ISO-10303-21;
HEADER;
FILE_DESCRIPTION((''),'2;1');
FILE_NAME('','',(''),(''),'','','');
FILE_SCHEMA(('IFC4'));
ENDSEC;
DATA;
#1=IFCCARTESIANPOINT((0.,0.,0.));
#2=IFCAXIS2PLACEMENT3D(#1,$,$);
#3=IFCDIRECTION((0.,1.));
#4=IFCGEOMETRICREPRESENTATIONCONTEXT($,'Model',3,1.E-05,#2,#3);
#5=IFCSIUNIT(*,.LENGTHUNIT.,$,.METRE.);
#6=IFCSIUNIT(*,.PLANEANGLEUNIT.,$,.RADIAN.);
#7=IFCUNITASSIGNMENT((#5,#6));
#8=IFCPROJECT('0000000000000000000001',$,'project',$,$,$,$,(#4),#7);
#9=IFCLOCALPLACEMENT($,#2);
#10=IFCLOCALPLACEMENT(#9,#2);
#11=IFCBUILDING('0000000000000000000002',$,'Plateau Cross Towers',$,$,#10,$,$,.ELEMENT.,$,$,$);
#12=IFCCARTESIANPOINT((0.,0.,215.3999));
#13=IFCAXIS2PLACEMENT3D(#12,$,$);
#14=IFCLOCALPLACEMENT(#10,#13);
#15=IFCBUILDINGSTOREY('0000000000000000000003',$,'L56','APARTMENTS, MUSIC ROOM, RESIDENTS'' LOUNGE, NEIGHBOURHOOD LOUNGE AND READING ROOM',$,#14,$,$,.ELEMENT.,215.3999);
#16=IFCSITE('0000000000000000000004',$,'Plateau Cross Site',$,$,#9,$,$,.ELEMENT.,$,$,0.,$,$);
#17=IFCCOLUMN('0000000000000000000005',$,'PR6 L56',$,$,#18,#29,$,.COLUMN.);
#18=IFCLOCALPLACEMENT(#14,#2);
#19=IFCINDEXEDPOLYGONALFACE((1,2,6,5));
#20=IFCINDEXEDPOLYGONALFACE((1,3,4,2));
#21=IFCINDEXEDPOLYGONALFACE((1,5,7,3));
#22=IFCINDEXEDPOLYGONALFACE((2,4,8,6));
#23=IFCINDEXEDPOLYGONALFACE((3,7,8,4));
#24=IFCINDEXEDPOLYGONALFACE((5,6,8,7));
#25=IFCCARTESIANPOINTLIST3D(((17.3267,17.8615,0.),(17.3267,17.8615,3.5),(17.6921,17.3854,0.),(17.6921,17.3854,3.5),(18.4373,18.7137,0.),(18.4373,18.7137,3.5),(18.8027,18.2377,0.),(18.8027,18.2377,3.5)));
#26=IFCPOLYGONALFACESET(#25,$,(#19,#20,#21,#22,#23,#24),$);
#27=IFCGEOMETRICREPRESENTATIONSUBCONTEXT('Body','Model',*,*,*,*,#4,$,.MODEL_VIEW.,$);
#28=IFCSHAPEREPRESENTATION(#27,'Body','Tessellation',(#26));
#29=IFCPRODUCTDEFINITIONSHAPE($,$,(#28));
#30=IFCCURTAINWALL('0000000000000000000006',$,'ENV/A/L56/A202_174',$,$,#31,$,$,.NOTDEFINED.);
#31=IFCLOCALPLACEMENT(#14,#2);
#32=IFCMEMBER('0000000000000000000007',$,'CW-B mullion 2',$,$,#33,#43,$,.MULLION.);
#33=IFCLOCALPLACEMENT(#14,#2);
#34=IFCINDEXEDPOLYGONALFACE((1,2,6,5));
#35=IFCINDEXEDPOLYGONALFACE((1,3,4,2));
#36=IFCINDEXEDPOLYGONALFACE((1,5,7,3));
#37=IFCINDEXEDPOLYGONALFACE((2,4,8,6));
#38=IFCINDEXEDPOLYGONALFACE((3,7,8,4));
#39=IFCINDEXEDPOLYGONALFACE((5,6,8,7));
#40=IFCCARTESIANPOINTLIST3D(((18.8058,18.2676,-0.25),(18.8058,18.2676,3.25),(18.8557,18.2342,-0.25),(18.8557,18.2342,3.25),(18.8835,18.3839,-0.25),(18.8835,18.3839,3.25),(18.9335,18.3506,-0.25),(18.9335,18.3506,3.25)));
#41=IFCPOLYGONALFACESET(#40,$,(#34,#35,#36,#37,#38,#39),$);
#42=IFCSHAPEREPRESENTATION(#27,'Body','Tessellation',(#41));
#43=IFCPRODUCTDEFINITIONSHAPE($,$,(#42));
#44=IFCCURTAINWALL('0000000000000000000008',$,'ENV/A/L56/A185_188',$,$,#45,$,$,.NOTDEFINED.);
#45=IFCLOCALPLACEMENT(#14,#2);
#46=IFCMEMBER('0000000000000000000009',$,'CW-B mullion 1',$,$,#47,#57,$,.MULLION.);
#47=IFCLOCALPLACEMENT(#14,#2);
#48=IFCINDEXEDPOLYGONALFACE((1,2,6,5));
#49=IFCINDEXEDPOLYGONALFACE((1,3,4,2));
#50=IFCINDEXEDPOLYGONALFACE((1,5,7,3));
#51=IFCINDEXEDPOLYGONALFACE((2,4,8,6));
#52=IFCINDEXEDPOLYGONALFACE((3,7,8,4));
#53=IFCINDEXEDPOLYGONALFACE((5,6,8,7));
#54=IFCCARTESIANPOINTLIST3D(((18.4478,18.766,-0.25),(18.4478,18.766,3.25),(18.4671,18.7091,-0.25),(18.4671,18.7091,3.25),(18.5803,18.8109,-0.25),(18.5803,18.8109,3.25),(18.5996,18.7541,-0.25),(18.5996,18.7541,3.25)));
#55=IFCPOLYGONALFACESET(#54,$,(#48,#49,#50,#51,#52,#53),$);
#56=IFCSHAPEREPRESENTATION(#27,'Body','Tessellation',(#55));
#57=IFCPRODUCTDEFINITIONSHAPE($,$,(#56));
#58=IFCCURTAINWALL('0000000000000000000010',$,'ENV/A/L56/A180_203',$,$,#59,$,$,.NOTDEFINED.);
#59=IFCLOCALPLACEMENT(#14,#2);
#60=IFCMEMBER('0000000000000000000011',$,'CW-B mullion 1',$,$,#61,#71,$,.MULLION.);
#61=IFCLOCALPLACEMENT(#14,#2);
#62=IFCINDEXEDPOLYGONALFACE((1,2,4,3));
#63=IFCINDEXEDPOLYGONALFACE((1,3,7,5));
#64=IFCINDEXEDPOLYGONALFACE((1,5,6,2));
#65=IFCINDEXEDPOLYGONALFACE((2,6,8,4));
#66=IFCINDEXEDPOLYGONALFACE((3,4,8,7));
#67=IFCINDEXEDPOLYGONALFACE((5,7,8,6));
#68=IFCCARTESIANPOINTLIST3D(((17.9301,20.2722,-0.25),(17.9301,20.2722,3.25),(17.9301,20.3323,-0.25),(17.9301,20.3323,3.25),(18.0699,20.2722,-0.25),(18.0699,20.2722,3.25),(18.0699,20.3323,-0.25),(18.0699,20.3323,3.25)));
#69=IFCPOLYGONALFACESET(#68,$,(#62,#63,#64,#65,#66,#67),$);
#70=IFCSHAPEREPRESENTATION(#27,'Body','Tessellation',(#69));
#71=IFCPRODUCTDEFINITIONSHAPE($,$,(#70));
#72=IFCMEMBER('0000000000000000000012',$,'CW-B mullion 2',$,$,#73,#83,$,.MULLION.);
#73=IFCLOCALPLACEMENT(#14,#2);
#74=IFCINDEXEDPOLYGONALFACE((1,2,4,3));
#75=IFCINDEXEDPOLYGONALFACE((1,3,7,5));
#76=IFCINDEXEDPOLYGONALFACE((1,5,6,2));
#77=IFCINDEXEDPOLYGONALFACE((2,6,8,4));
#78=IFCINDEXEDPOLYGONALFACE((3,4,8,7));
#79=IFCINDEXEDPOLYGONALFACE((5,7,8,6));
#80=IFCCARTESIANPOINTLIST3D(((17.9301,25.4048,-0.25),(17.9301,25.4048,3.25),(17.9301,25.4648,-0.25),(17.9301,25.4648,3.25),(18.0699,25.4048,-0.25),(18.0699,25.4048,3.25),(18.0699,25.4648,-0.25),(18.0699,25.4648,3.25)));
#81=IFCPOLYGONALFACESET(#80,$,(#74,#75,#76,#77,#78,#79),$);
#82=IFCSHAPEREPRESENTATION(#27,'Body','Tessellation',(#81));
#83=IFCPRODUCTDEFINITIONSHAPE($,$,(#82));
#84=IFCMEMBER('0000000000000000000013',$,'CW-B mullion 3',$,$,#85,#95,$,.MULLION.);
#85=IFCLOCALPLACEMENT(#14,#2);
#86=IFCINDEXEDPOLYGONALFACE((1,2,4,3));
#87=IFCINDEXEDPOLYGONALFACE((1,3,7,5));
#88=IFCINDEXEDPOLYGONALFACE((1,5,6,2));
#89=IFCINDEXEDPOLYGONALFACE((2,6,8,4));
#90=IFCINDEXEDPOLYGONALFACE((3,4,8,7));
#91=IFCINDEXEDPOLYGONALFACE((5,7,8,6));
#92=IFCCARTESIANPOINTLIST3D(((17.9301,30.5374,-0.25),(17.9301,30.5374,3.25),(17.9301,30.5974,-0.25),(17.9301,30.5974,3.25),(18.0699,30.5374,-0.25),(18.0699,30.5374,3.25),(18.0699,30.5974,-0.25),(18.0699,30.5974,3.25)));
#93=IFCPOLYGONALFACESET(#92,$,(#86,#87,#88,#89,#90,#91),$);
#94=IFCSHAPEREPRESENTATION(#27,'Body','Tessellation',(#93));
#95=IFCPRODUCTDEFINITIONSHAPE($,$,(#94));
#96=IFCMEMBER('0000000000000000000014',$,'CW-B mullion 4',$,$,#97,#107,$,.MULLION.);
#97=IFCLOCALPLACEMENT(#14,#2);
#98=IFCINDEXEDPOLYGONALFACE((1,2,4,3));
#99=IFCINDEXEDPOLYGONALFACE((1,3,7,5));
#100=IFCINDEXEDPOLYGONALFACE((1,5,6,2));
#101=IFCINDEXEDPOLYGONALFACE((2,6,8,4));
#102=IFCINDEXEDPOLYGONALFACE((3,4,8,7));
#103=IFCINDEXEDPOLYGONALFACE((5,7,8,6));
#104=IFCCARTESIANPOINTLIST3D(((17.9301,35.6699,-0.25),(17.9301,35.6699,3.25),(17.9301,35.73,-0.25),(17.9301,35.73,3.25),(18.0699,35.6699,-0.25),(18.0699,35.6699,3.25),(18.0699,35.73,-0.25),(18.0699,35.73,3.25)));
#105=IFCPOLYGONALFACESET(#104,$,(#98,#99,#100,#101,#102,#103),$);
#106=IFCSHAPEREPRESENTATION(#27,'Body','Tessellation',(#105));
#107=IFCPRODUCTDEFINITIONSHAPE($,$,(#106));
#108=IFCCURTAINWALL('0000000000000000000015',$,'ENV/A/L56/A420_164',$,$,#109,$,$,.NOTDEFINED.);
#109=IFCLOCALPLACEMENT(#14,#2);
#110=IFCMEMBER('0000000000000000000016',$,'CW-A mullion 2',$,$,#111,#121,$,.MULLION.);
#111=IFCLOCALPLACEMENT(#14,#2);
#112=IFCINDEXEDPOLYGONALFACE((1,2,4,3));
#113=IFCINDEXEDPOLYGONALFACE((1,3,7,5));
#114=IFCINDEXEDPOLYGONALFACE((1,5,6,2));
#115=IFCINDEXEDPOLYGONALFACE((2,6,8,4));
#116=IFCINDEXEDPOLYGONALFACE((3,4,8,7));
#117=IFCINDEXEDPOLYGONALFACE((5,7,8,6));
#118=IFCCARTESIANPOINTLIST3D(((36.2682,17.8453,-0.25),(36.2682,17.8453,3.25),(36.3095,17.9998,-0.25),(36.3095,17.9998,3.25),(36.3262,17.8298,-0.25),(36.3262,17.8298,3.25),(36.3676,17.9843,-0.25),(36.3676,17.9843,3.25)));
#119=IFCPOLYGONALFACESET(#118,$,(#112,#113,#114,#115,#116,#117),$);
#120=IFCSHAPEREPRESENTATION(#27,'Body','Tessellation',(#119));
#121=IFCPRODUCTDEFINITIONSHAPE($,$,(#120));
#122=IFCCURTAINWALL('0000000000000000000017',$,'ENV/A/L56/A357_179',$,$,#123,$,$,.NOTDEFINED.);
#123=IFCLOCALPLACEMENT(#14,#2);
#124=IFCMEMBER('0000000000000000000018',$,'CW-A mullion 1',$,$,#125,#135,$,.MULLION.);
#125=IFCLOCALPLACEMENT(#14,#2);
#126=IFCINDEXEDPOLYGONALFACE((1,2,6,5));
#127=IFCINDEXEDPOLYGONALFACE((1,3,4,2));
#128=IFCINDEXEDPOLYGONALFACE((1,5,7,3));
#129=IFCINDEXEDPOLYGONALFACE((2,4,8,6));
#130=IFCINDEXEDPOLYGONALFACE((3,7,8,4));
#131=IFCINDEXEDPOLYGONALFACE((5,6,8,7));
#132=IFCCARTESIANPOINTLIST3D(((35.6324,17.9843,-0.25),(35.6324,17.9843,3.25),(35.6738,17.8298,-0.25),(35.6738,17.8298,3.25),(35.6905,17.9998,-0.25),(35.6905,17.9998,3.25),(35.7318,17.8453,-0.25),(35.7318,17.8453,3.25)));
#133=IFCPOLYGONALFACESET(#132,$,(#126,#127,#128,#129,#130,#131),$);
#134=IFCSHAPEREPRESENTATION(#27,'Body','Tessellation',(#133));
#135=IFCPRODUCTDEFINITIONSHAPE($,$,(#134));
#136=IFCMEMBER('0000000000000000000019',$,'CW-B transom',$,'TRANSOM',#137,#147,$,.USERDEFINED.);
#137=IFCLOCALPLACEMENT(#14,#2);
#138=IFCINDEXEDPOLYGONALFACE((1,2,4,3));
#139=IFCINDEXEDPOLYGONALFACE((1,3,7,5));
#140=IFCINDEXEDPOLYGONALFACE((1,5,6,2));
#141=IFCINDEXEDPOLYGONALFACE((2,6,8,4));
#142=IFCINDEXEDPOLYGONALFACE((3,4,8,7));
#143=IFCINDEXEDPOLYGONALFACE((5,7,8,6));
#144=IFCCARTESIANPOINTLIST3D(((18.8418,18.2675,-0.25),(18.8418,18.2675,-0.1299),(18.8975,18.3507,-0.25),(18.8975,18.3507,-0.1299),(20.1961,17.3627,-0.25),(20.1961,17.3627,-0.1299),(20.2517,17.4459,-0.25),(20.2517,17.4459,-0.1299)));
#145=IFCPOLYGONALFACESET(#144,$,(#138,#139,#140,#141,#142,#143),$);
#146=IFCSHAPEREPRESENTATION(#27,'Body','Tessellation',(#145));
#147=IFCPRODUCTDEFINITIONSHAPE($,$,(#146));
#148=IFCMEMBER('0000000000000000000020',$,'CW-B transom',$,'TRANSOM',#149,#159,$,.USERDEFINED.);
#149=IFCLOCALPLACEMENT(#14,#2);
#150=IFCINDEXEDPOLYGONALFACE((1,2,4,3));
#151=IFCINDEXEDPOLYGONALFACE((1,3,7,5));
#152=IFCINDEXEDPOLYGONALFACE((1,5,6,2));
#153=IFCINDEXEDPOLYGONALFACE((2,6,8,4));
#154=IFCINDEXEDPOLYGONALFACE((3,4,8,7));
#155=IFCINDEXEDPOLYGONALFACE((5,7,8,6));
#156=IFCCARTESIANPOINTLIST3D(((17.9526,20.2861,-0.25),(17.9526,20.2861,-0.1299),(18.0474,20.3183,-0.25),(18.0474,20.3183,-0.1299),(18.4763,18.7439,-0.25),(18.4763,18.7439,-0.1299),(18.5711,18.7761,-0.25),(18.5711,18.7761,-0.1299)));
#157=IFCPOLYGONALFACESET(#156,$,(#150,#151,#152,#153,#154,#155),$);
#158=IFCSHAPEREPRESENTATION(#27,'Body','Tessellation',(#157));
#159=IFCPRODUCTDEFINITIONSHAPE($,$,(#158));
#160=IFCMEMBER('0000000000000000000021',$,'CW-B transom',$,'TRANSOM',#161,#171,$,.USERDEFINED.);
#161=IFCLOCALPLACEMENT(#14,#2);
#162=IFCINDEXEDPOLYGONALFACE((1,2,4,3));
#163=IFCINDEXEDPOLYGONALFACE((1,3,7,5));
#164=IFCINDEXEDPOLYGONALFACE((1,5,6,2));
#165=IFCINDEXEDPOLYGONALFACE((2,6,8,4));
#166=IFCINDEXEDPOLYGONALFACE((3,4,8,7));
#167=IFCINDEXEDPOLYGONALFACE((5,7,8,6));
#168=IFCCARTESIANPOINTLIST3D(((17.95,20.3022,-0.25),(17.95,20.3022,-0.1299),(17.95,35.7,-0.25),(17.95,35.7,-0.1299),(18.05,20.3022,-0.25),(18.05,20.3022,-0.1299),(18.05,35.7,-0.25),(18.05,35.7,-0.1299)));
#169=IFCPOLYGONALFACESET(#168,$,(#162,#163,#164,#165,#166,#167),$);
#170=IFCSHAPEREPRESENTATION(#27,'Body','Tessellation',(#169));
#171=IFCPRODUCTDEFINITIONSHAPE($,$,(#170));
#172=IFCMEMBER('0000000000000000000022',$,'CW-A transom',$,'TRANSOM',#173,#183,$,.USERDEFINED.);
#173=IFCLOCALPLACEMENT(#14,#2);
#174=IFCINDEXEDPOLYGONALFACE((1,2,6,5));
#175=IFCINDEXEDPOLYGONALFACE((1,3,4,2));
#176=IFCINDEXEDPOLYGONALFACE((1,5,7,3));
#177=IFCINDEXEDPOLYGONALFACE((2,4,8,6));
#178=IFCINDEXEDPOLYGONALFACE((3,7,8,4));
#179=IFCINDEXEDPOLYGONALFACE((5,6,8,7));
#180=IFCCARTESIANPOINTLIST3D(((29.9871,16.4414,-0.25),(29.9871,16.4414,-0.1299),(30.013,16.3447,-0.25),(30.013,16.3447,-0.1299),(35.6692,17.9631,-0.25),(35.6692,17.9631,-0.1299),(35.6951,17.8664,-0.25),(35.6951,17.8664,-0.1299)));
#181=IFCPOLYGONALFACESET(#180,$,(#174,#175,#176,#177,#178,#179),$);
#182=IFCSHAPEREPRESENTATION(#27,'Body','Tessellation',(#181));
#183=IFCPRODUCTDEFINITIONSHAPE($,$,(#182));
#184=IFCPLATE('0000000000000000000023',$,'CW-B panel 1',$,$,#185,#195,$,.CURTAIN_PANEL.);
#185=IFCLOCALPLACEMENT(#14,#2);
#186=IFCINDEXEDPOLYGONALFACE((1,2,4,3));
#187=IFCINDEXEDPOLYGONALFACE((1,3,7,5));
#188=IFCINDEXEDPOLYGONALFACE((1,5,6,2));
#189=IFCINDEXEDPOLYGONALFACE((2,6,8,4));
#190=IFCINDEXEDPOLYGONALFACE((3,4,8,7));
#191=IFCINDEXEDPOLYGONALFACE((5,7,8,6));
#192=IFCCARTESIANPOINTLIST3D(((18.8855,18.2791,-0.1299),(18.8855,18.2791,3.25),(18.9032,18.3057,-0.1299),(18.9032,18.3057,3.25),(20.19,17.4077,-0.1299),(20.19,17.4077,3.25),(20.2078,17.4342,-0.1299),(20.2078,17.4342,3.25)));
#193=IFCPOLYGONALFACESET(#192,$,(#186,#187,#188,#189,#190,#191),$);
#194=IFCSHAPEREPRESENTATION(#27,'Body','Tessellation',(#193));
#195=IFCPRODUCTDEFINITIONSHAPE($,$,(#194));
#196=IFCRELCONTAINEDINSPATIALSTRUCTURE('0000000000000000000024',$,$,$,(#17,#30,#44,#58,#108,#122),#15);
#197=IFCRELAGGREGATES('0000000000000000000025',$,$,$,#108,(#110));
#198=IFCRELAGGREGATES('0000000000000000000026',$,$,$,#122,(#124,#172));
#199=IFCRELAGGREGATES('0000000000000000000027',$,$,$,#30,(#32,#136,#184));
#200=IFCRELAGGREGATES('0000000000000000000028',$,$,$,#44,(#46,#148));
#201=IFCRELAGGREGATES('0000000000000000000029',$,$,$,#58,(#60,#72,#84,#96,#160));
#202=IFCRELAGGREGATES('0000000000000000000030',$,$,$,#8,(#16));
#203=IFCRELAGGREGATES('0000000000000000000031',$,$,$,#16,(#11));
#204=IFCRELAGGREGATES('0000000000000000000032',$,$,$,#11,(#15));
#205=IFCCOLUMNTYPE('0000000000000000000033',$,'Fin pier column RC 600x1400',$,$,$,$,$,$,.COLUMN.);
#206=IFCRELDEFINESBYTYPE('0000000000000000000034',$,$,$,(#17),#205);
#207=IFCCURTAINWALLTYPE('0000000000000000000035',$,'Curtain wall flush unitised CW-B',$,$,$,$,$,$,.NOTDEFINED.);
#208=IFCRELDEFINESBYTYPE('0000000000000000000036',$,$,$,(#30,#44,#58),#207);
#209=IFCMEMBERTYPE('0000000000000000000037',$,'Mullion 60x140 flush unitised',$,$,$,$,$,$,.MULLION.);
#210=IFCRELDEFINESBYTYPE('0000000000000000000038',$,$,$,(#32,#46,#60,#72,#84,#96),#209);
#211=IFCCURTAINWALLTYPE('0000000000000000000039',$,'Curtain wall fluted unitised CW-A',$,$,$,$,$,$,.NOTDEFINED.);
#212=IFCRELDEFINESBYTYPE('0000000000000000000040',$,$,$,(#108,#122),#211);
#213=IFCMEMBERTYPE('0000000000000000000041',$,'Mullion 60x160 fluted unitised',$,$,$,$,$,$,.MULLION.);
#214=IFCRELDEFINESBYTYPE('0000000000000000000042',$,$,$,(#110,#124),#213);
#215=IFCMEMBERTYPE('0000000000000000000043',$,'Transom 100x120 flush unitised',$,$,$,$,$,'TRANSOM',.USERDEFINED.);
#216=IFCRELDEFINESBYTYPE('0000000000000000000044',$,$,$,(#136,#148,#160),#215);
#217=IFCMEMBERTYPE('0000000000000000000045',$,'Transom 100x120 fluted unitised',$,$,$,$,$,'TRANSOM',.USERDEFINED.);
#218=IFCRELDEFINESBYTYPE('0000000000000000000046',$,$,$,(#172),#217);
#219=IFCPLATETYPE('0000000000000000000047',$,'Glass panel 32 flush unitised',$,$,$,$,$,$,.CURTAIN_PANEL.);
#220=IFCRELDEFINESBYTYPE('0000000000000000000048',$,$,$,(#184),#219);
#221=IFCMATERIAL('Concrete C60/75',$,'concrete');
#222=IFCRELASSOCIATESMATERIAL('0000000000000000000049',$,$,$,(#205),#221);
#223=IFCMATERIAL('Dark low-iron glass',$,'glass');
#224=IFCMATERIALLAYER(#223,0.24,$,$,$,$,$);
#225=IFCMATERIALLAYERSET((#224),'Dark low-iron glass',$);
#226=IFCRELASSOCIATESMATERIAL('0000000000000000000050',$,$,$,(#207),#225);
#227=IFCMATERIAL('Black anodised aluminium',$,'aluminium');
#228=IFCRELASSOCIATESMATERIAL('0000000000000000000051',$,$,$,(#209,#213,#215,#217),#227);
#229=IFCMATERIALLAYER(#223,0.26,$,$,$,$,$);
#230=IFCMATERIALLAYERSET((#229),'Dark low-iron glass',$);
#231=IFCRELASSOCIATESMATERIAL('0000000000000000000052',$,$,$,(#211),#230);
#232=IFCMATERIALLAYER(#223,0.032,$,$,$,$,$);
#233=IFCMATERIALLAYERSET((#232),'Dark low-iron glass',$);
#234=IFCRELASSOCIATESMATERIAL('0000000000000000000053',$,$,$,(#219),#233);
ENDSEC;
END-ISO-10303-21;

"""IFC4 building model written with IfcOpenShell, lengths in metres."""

from ifc_helpers import new_model, si_unit, direction, frame, origin, origin_2d, place, context, subcontext, project, spatial, rectangle, extrude, material, layer, layer_set, material_profile, profile_set, type_object, element, aggregate, save


model = new_model("IFC4")

# Units and contexts
model_context = context("Model", 3, precision=1e-05, world=origin(), true_north=direction((0.0, 1.0)))
body_context = subcontext(model_context, "Body", "Model", "MODEL_VIEW")
ifc_project = project(units=[si_unit("LENGTHUNIT", "METRE"), si_unit("PLANEANGLEUNIT", "RADIAN")], contexts=[model_context])

# Site, building, storey
site_placement = place(None, origin())
site = spatial("IfcSite", under=ifc_project, at=site_placement, Name="Plateau Cross Site", CompositionType="ELEMENT", RefElevation=0.0)
building_placement = place(site_placement, origin())
building = spatial("IfcBuilding", under=site, at=building_placement, Name="Plateau Cross Towers", CompositionType="ELEMENT")
storey_placement = place(building_placement, frame((0.0, 0.0, 215.3999)))
storey = spatial("IfcBuildingStorey", under=building, at=storey_placement, Name="L56", Description="APARTMENTS, MUSIC ROOM, RESIDENTS' LOUNGE, NEIGHBOURHOOD LOUNGE AND READING ROOM", CompositionType="ELEMENT", Elevation=215.3999)

# Column
ifc_material_1 = material(Name="Concrete C60/75", Category="concrete")
ifc_material_profile_1 = material_profile(ifc_material_1, rectangle(XDim=0.6001, YDim=1.3999, at=origin_2d()), Name="RC 600x1400")
ifc_profile_set_1 = profile_set([ifc_material_profile_1], Name="Concrete C60/75")
column_type = type_object("IfcColumnType", Name="Fin pier column RC 600x1400", PredefinedType="COLUMN", material=ifc_profile_set_1)
column_placement = place(storey_placement, frame((18.0647, 18.0496, 0.0), z_axis=(0.0, 0.0, 1.0), x_axis=(-0.608811, 0.793315, 0.0)))
element("IfcColumn", 1, at=column_placement, inside=storey, type_object=column_type, Name="PR6 L56", PredefinedType="COLUMN", context=body_context, shape_type="SweptSolid", body=[
    extrude(rectangle(XDim=0.6001, YDim=1.3999, at=origin_2d()), origin(), (0.0, 0.0, 1.0), 3.5),
])

# Curtain walls, members
ifc_material_2 = material(Name="Dark low-iron glass", Category="glass")
ifc_layer_1 = layer(ifc_material_2, 0.24)
ifc_layer_set_1 = layer_set([ifc_layer_1], Name="Dark low-iron glass")
curtain_wall_type_1 = type_object("IfcCurtainWallType", Name="Curtain wall flush unitised CW-B", PredefinedType="NOTDEFINED", material=ifc_layer_set_1)
curtain_wall_1_placement = place(storey_placement, origin())
curtain_wall_1 = element("IfcCurtainWall", 2, at=curtain_wall_1_placement, inside=storey, type_object=curtain_wall_type_1, Name="ENV/A/L56/A202_174", PredefinedType="NOTDEFINED")
ifc_material_3 = material(Name="Black anodised aluminium", Category="aluminium")
ifc_material_profile_2 = material_profile(ifc_material_3, rectangle(XDim=0.0601, YDim=0.1399, at=origin_2d()), Name="MULLION 60x140")
ifc_profile_set_2 = profile_set([ifc_material_profile_2], Name="Black anodised aluminium")
member_type_1 = type_object("IfcMemberType", Name="Mullion 60x140 flush unitised", PredefinedType="MULLION", material=ifc_profile_set_2)
member_1_placement = place(storey_placement, frame((18.8696, 18.3091, -0.25), z_axis=(0.0, 0.0, 1.0), x_axis=(-0.831521, 0.555493, 0.0)))
member_1 = element("IfcMember", 3, at=member_1_placement, type_object=member_type_1, Name="CW-B mullion 2", PredefinedType="MULLION", context=body_context, shape_type="SweptSolid", body=[
    extrude(rectangle(XDim=0.0601, YDim=0.1399, at=origin_2d()), origin(), (0.0, 0.0, 1.0), 3.5),
])
curtain_wall_2_placement = place(storey_placement, origin())
curtain_wall_2 = element("IfcCurtainWall", 4, at=curtain_wall_2_placement, inside=storey, type_object=curtain_wall_type_1, Name="ENV/A/L56/A185_188", PredefinedType="NOTDEFINED")
member_2_placement = place(storey_placement, frame((18.5237, 18.76, -0.25), z_axis=(0.0, 0.0, 1.0), x_axis=(-0.321469, 0.94692, 0.0)))
member_2 = element("IfcMember", 5, at=member_2_placement, type_object=member_type_1, Name="CW-B mullion 1", PredefinedType="MULLION", context=body_context, shape_type="SweptSolid", body=[
    extrude(rectangle(XDim=0.0601, YDim=0.1399, at=origin_2d()), origin(), (0.0, 0.0, 1.0), 3.5),
])

# Curtain wall, members
curtain_wall_3_placement = place(storey_placement, origin())
curtain_wall_3 = element("IfcCurtainWall", 6, at=curtain_wall_3_placement, inside=storey, type_object=curtain_wall_type_1, Name="ENV/A/L56/A180_203", PredefinedType="NOTDEFINED")
member_3_placement = place(storey_placement, frame((18.0, 20.3022, -0.25), z_axis=(0.0, 0.0, 1.0), x_axis=(0.0, 1.0, 0.0)))
member_3 = element("IfcMember", 7, at=member_3_placement, type_object=member_type_1, Name="CW-B mullion 1", PredefinedType="MULLION", context=body_context, shape_type="SweptSolid", body=[
    extrude(rectangle(XDim=0.0601, YDim=0.1399, at=origin_2d()), origin(), (0.0, 0.0, 1.0), 3.5),
])
member_4_placement = place(storey_placement, frame((18.0, 25.4348, -0.25), z_axis=(0.0, 0.0, 1.0), x_axis=(0.0, 1.0, 0.0)))
member_4 = element("IfcMember", 8, at=member_4_placement, type_object=member_type_1, Name="CW-B mullion 2", PredefinedType="MULLION", context=body_context, shape_type="SweptSolid", body=[
    extrude(rectangle(XDim=0.0601, YDim=0.1399, at=origin_2d()), origin(), (0.0, 0.0, 1.0), 3.5),
])
member_5_placement = place(storey_placement, frame((18.0, 30.5674, -0.25), z_axis=(0.0, 0.0, 1.0), x_axis=(0.0, 1.0, 0.0)))
member_5 = element("IfcMember", 9, at=member_5_placement, type_object=member_type_1, Name="CW-B mullion 3", PredefinedType="MULLION", context=body_context, shape_type="SweptSolid", body=[
    extrude(rectangle(XDim=0.0601, YDim=0.1399, at=origin_2d()), origin(), (0.0, 0.0, 1.0), 3.5),
])
member_6_placement = place(storey_placement, frame((18.0, 35.7, -0.25), z_axis=(0.0, 0.0, 1.0), x_axis=(0.0, 1.0, 0.0)))
member_6 = element("IfcMember", 10, at=member_6_placement, type_object=member_type_1, Name="CW-B mullion 4", PredefinedType="MULLION", context=body_context, shape_type="SweptSolid", body=[
    extrude(rectangle(XDim=0.0601, YDim=0.1399, at=origin_2d()), origin(), (0.0, 0.0, 1.0), 3.5),
])

# Curtain walls, members
ifc_layer_2 = layer(ifc_material_2, 0.26)
ifc_layer_set_2 = layer_set([ifc_layer_2], Name="Dark low-iron glass")
curtain_wall_type_2 = type_object("IfcCurtainWallType", Name="Curtain wall fluted unitised CW-A", PredefinedType="NOTDEFINED", material=ifc_layer_set_2)
curtain_wall_4_placement = place(storey_placement, origin())
curtain_wall_4 = element("IfcCurtainWall", 11, at=curtain_wall_4_placement, inside=storey, type_object=curtain_wall_type_2, Name="ENV/A/L56/A420_164", PredefinedType="NOTDEFINED")
ifc_material_profile_3 = material_profile(ifc_material_3, rectangle(XDim=0.0601, YDim=0.1599, at=origin_2d()), Name="MULLION 60x160")
ifc_profile_set_3 = profile_set([ifc_material_profile_3], Name="Black anodised aluminium")
member_type_2 = type_object("IfcMemberType", Name="Mullion 60x160 fluted unitised", PredefinedType="MULLION", material=ifc_profile_set_3)
member_7_placement = place(storey_placement, frame((36.3179, 17.9148, -0.25), z_axis=(0.0, 0.0, 1.0), x_axis=(-0.965958, 0.258699, 0.0)))
member_7 = element("IfcMember", 12, at=member_7_placement, type_object=member_type_2, Name="CW-A mullion 2", PredefinedType="MULLION", context=body_context, shape_type="SweptSolid", body=[
    extrude(rectangle(XDim=0.0601, YDim=0.1599, at=origin_2d()), origin(), (0.0, 0.0, 1.0), 3.5),
])
aggregate(curtain_wall_4, [member_7])
curtain_wall_5_placement = place(storey_placement, origin())
curtain_wall_5 = element("IfcCurtainWall", 13, at=curtain_wall_5_placement, inside=storey, type_object=curtain_wall_type_2, Name="ENV/A/L56/A357_179", PredefinedType="NOTDEFINED")
member_8_placement = place(storey_placement, frame((35.6821, 17.9148, -0.25), z_axis=(0.0, 0.0, 1.0), x_axis=(-0.965958, -0.258699, 0.0)))
member_8 = element("IfcMember", 14, at=member_8_placement, type_object=member_type_2, Name="CW-A mullion 1", PredefinedType="MULLION", context=body_context, shape_type="SweptSolid", body=[
    extrude(rectangle(XDim=0.0601, YDim=0.1599, at=origin_2d()), origin(), (0.0, 0.0, 1.0), 3.5),
])

# Members
ifc_material_profile_4 = material_profile(ifc_material_3, rectangle(XDim=0.1001, YDim=0.1201, at=origin_2d()), Name="TRANSOM 100x120")
ifc_profile_set_4 = profile_set([ifc_material_profile_4], Name="Black anodised aluminium")
member_type_3 = type_object("IfcMemberType", Name="Transom 100x120 flush unitised", ElementType="TRANSOM", PredefinedType="USERDEFINED", material=ifc_profile_set_4)
member_9_placement = place(storey_placement, frame((20.2239, 17.4043, -0.1899), z_axis=(-0.831496, 0.55553, 0.0), x_axis=(-0.55553, -0.831496, 0.0)))
member_9 = element("IfcMember", 15, at=member_9_placement, type_object=member_type_3, Name="CW-B transom", ObjectType="TRANSOM", PredefinedType="USERDEFINED", context=body_context, shape_type="SweptSolid", body=[
    extrude(rectangle(XDim=0.1001, YDim=0.1201, at=origin_2d()), origin(), (0.0, 0.0, 1.0), 1.6287),
])
member_10_placement = place(storey_placement, frame((18.5237, 18.76, -0.1899), z_axis=(-0.321529, 0.9469, 0.0), x_axis=(-0.9469, -0.321529, 0.0)))
member_10 = element("IfcMember", 16, at=member_10_placement, type_object=member_type_3, Name="CW-B transom", ObjectType="TRANSOM", PredefinedType="USERDEFINED", context=body_context, shape_type="SweptSolid", body=[
    extrude(rectangle(XDim=0.1001, YDim=0.1201, at=origin_2d()), origin(), (0.0, 0.0, 1.0), 1.6287),
])
member_11_placement = place(storey_placement, frame((18.0, 20.3022, -0.1899), z_axis=(0.0, 1.0, 0.0), x_axis=(-1.0, 0.0, 0.0)))
member_11 = element("IfcMember", 17, at=member_11_placement, type_object=member_type_3, Name="CW-B transom", ObjectType="TRANSOM", PredefinedType="USERDEFINED", context=body_context, shape_type="SweptSolid", body=[
    extrude(rectangle(XDim=0.1001, YDim=0.1201, at=origin_2d()), origin(), (0.0, 0.0, 1.0), 15.3977),
])
ifc_material_profile_5 = material_profile(ifc_material_3, rectangle(XDim=0.1001, YDim=0.1201, at=origin_2d()), Name="TRANSOM 100x120")
ifc_profile_set_5 = profile_set([ifc_material_profile_5], Name="Black anodised aluminium")
member_type_4 = type_object("IfcMemberType", Name="Transom 100x120 fluted unitised", ElementType="TRANSOM", PredefinedType="USERDEFINED", material=ifc_profile_set_5)
member_12_placement = place(storey_placement, frame((35.6821, 17.9148, -0.1899), z_axis=(-0.96596, -0.258693, 0.0), x_axis=(0.258693, -0.96596, 0.0)))
member_12 = element("IfcMember", 18, at=member_12_placement, type_object=member_type_4, Name="CW-A transom", ObjectType="TRANSOM", PredefinedType="USERDEFINED", context=body_context, shape_type="SweptSolid", body=[
    extrude(rectangle(XDim=0.1001, YDim=0.1201, at=origin_2d()), origin(), (0.0, 0.0, 1.0), 5.8823),
])
aggregate(curtain_wall_5, [member_8, member_12])

# Plate
ifc_layer_3 = layer(ifc_material_2, 0.032)
ifc_layer_set_3 = layer_set([ifc_layer_3], Name="Dark low-iron glass")
plate_type = type_object("IfcPlateType", Name="Glass panel 32 flush unitised", PredefinedType="CURTAIN_PANEL", material=ifc_layer_set_3)
plate_1_placement = place(storey_placement, frame((19.5466, 17.8567, -0.1299), z_axis=(0.0, 0.0, 1.0), x_axis=(-0.831521, 0.555493, 0.0)))
plate_1 = element("IfcPlate", 19, at=plate_1_placement, type_object=plate_type, Name="CW-B panel 1", PredefinedType="CURTAIN_PANEL", context=body_context, shape_type="SweptSolid", body=[
    extrude(rectangle(XDim=1.5688, YDim=0.032, at=origin_2d()), origin(), (0.0, 0.0, 1.0), 3.3799),
])
aggregate(curtain_wall_1, [member_1, member_9, plate_1])
aggregate(curtain_wall_2, [member_2, member_10])
aggregate(curtain_wall_3, [member_3, member_4, member_5, member_6, member_11])

save(model, "model.ifc")
